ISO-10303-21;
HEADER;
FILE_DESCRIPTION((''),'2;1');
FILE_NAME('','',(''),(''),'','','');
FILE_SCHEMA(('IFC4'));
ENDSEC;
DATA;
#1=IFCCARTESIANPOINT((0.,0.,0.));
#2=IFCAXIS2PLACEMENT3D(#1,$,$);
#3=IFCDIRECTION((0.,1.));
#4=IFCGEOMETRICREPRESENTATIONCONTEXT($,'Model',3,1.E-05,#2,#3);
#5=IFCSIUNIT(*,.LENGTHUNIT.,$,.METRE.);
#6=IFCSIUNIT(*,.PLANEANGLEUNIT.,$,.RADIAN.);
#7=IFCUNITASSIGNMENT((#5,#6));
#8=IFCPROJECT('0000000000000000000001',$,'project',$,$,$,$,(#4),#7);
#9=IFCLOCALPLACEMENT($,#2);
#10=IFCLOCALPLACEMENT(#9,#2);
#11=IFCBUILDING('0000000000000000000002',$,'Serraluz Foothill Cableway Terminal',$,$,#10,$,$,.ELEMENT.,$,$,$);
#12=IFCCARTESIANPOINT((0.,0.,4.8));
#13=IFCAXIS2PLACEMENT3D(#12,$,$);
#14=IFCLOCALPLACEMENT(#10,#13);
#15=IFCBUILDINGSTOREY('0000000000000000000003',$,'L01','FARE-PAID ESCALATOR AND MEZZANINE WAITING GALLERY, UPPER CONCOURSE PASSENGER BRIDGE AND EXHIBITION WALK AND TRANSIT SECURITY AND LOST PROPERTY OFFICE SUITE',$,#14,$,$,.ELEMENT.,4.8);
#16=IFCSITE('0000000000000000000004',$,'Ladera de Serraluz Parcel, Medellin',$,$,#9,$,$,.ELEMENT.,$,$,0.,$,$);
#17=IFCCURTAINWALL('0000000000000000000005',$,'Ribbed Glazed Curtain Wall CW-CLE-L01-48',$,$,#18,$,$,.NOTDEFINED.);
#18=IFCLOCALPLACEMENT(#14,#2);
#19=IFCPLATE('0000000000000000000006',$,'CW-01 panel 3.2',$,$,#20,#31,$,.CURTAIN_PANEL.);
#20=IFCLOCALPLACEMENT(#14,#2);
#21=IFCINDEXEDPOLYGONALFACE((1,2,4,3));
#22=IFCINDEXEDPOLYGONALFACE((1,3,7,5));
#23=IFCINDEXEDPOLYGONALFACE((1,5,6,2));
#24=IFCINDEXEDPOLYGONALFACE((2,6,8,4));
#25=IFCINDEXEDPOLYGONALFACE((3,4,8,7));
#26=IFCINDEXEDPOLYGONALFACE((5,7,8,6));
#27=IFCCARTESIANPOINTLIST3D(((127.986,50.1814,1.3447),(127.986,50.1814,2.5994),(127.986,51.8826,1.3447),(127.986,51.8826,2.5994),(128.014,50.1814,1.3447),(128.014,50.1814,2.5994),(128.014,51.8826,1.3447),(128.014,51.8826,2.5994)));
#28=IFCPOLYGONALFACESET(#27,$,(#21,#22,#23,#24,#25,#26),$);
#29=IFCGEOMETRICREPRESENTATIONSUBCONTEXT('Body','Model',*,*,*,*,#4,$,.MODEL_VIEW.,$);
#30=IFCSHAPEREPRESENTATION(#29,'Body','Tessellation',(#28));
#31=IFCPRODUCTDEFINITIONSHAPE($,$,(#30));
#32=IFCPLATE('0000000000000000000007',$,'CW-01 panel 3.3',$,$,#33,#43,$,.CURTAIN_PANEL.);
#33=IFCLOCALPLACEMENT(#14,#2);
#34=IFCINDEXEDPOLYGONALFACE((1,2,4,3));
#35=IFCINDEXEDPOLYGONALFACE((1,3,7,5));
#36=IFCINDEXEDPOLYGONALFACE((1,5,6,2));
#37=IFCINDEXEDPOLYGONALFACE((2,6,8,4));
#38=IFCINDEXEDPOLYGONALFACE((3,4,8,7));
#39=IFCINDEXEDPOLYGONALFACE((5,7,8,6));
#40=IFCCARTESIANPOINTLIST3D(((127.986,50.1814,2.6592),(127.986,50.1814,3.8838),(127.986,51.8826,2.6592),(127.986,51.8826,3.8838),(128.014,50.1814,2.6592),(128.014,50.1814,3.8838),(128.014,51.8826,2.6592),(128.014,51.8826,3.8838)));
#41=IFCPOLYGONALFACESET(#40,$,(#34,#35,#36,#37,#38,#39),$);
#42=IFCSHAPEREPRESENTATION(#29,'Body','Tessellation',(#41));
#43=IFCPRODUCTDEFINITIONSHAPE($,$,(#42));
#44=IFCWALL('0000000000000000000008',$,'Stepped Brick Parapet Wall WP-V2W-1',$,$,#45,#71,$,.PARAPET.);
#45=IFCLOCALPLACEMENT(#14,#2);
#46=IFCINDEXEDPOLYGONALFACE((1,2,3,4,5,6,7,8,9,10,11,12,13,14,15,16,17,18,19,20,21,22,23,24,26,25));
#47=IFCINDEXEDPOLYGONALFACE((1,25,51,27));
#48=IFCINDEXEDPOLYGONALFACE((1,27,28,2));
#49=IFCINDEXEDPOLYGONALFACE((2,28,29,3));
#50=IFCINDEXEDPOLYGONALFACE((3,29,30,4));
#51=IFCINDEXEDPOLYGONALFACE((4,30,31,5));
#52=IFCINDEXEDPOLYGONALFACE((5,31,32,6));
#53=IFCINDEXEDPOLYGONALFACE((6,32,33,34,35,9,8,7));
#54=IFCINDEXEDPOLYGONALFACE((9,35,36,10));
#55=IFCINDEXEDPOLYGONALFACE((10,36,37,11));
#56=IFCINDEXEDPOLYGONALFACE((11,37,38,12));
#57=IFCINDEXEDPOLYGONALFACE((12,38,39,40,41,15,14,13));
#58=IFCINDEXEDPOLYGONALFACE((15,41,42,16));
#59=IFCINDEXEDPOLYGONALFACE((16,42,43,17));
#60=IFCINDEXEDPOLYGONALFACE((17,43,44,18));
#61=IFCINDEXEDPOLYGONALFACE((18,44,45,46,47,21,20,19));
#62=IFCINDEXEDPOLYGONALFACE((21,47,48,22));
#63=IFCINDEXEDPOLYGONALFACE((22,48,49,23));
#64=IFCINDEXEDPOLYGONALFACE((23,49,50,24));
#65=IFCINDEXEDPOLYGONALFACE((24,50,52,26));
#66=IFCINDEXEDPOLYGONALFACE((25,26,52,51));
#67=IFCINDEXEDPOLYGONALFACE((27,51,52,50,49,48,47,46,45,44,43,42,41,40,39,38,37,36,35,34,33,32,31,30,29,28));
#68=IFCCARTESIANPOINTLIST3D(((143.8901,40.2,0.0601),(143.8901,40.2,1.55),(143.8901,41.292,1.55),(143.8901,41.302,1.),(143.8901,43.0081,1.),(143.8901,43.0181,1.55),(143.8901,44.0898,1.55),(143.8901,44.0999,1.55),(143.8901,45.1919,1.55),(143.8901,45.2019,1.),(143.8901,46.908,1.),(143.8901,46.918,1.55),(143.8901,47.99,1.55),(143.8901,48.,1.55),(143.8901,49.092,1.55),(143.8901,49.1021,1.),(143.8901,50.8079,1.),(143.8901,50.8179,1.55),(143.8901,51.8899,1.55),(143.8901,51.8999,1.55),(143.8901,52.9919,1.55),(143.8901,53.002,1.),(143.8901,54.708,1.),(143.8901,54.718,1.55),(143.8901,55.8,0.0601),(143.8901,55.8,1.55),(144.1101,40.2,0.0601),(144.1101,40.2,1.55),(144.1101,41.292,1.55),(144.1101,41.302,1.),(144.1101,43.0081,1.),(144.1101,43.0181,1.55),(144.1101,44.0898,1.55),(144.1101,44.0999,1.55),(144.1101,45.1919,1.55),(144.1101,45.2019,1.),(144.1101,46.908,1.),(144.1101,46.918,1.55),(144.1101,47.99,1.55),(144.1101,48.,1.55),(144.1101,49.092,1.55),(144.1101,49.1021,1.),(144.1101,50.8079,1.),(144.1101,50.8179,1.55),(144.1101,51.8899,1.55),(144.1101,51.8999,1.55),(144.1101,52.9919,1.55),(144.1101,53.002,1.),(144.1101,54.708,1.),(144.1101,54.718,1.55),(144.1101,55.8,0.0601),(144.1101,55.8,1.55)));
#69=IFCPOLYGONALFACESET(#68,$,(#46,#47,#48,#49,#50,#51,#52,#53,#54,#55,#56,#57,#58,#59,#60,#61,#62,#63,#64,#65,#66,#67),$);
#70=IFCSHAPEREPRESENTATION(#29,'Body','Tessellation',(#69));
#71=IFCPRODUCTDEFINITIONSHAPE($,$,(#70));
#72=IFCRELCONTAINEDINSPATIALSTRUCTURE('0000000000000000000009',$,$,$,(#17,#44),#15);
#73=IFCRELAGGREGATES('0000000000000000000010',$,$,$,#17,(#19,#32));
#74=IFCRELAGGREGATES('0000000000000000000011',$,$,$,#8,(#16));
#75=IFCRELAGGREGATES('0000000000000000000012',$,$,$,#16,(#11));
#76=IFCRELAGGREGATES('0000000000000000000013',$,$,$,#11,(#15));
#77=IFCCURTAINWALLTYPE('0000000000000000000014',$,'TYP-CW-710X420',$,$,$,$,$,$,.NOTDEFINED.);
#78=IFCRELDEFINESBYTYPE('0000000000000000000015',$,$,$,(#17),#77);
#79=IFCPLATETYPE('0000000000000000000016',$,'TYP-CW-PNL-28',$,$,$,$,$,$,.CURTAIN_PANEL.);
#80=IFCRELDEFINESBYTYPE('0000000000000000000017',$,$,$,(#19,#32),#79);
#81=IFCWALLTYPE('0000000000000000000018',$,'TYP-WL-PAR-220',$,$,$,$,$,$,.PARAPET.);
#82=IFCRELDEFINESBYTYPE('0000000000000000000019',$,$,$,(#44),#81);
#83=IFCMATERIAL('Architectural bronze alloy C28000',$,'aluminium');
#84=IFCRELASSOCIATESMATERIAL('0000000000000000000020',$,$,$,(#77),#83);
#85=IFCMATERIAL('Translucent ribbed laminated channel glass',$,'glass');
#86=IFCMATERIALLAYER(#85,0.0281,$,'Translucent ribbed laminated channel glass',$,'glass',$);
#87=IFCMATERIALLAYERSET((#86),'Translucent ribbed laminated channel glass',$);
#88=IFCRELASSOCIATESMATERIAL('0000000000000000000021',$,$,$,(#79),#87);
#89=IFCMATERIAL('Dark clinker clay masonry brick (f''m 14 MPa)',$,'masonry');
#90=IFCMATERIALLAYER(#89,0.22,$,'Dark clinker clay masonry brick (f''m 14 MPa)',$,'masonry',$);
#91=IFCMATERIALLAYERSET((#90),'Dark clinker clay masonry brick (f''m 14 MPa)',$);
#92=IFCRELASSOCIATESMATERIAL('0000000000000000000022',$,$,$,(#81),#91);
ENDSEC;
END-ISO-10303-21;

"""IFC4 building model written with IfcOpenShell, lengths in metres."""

from ifc_helpers import new_model, si_unit, direction, frame, origin, origin_2d, place, context, subcontext, project, spatial, polyline, rectangle, outline, extrude, material, layer, layer_set, type_object, element, aggregate, save


model = new_model("IFC4")

# Units and contexts
model_context = context("Model", 3, precision=1e-05, world=origin(), true_north=direction((0.0, 1.0)))
body_context = subcontext(model_context, "Body", "Model", "MODEL_VIEW")
ifc_project = project(units=[si_unit("LENGTHUNIT", "METRE"), si_unit("PLANEANGLEUNIT", "RADIAN")], contexts=[model_context])

# Site, building, storey
site_placement = place(None, origin())
site = spatial("IfcSite", under=ifc_project, at=site_placement, Name="Ladera de Serraluz Parcel, Medellin", CompositionType="ELEMENT", RefElevation=0.0)
building_placement = place(site_placement, origin())
building = spatial("IfcBuilding", under=site, at=building_placement, Name="Serraluz Foothill Cableway Terminal", CompositionType="ELEMENT")
storey_placement = place(building_placement, frame((0.0, 0.0, 4.8)))
storey = spatial("IfcBuildingStorey", under=building, at=storey_placement, Name="L01", Description="FARE-PAID ESCALATOR AND MEZZANINE WAITING GALLERY, UPPER CONCOURSE PASSENGER BRIDGE AND EXHIBITION WALK AND TRANSIT SECURITY AND LOST PROPERTY OFFICE SUITE", CompositionType="ELEMENT", Elevation=4.8)

# Curtain wall
ifc_material_1 = material(Name="Architectural bronze alloy C28000", Category="aluminium")
curtain_wall_type = type_object("IfcCurtainWallType", Name="TYP-CW-710X420", PredefinedType="NOTDEFINED", material=ifc_material_1)
curtain_wall_placement = place(storey_placement, origin())
curtain_wall = element("IfcCurtainWall", 1, at=curtain_wall_placement, inside=storey, type_object=curtain_wall_type, Name="Ribbed Glazed Curtain Wall CW-CLE-L01-48", PredefinedType="NOTDEFINED")

# Plates
ifc_material_2 = material(Name="Translucent ribbed laminated channel glass", Category="glass")
ifc_layer_1 = layer(ifc_material_2, 0.0281, Name="Translucent ribbed laminated channel glass", Category="glass")
ifc_layer_set_1 = layer_set([ifc_layer_1], Name="Translucent ribbed laminated channel glass")
plate_type = type_object("IfcPlateType", Name="TYP-CW-PNL-28", PredefinedType="CURTAIN_PANEL", material=ifc_layer_set_1)
plate_1_placement = place(storey_placement, frame((128.0, 51.032, 1.3447), z_axis=(0.0, 0.0, 1.0), x_axis=(0.0, -1.0, 0.0)))
plate_1 = element("IfcPlate", 2, at=plate_1_placement, type_object=plate_type, Name="CW-01 panel 3.2", PredefinedType="CURTAIN_PANEL", context=body_context, shape_type="SweptSolid", body=[
    extrude(rectangle(XDim=1.7012, YDim=0.0281, at=origin_2d()), origin(), (0.0, 0.0, 1.0), 1.2546),
])
plate_2_placement = place(storey_placement, frame((128.0, 51.032, 2.6592), z_axis=(0.0, 0.0, 1.0), x_axis=(0.0, -1.0, 0.0)))
plate_2 = element("IfcPlate", 3, at=plate_2_placement, type_object=plate_type, Name="CW-01 panel 3.3", PredefinedType="CURTAIN_PANEL", context=body_context, shape_type="SweptSolid", body=[
    extrude(rectangle(XDim=1.7012, YDim=0.0281, at=origin_2d()), origin(), (0.0, 0.0, 1.0), 1.2246),
])
aggregate(curtain_wall, [plate_1, plate_2])

# Wall
ifc_material_3 = material(Name="Dark clinker clay masonry brick (f'm 14 MPa)", Category="masonry")
ifc_layer_2 = layer(ifc_material_3, 0.22, Name="Dark clinker clay masonry brick (f'm 14 MPa)", Category="masonry")
ifc_layer_set_2 = layer_set([ifc_layer_2], Name="Dark clinker clay masonry brick (f'm 14 MPa)")
wall_type = type_object("IfcWallType", Name="TYP-WL-PAR-220", PredefinedType="PARAPET", material=ifc_layer_set_2)
wall_placement = place(storey_placement, frame((144.0, 40.2, 0.0601), z_axis=(0.0, 0.0, 1.0), x_axis=(0.0, 1.0, 0.0)))
element("IfcWall", 4, at=wall_placement, inside=storey, type_object=wall_type, Name="Stepped Brick Parapet Wall WP-V2W-1", PredefinedType="PARAPET", context=body_context, shape_type="SweptSolid", body=[
    extrude(outline(polyline([(0.0, 0.0), (15.6001, 0.0), (15.6001, 1.49), (14.5181, 1.49), (14.5081, 0.9399), (12.802, 0.9399), (12.792, 1.49), (11.7, 1.49), (11.6899, 1.49), (10.6179, 1.49), (10.6079, 0.9399), (8.9021, 0.9399), (8.8921, 1.49), (7.8, 1.49), (7.79, 1.49), (6.718, 1.49), (6.708, 0.9399), (5.002, 0.9399), (4.9919, 1.49), (3.8999, 1.49), (3.8899, 1.49), (2.8181, 1.49), (2.8081, 0.9399), (1.1021, 0.9399), (1.092, 1.49), (0.0, 1.49), (0.0, 0.0)])), frame((0.0, 0.1099, 0.0), z_axis=(0.0, -1.0, 0.0), x_axis=(1.0, 0.0, 0.0)), (0.0, 0.0, 1.0), 0.22),
])

save(model, "model.ifc")
